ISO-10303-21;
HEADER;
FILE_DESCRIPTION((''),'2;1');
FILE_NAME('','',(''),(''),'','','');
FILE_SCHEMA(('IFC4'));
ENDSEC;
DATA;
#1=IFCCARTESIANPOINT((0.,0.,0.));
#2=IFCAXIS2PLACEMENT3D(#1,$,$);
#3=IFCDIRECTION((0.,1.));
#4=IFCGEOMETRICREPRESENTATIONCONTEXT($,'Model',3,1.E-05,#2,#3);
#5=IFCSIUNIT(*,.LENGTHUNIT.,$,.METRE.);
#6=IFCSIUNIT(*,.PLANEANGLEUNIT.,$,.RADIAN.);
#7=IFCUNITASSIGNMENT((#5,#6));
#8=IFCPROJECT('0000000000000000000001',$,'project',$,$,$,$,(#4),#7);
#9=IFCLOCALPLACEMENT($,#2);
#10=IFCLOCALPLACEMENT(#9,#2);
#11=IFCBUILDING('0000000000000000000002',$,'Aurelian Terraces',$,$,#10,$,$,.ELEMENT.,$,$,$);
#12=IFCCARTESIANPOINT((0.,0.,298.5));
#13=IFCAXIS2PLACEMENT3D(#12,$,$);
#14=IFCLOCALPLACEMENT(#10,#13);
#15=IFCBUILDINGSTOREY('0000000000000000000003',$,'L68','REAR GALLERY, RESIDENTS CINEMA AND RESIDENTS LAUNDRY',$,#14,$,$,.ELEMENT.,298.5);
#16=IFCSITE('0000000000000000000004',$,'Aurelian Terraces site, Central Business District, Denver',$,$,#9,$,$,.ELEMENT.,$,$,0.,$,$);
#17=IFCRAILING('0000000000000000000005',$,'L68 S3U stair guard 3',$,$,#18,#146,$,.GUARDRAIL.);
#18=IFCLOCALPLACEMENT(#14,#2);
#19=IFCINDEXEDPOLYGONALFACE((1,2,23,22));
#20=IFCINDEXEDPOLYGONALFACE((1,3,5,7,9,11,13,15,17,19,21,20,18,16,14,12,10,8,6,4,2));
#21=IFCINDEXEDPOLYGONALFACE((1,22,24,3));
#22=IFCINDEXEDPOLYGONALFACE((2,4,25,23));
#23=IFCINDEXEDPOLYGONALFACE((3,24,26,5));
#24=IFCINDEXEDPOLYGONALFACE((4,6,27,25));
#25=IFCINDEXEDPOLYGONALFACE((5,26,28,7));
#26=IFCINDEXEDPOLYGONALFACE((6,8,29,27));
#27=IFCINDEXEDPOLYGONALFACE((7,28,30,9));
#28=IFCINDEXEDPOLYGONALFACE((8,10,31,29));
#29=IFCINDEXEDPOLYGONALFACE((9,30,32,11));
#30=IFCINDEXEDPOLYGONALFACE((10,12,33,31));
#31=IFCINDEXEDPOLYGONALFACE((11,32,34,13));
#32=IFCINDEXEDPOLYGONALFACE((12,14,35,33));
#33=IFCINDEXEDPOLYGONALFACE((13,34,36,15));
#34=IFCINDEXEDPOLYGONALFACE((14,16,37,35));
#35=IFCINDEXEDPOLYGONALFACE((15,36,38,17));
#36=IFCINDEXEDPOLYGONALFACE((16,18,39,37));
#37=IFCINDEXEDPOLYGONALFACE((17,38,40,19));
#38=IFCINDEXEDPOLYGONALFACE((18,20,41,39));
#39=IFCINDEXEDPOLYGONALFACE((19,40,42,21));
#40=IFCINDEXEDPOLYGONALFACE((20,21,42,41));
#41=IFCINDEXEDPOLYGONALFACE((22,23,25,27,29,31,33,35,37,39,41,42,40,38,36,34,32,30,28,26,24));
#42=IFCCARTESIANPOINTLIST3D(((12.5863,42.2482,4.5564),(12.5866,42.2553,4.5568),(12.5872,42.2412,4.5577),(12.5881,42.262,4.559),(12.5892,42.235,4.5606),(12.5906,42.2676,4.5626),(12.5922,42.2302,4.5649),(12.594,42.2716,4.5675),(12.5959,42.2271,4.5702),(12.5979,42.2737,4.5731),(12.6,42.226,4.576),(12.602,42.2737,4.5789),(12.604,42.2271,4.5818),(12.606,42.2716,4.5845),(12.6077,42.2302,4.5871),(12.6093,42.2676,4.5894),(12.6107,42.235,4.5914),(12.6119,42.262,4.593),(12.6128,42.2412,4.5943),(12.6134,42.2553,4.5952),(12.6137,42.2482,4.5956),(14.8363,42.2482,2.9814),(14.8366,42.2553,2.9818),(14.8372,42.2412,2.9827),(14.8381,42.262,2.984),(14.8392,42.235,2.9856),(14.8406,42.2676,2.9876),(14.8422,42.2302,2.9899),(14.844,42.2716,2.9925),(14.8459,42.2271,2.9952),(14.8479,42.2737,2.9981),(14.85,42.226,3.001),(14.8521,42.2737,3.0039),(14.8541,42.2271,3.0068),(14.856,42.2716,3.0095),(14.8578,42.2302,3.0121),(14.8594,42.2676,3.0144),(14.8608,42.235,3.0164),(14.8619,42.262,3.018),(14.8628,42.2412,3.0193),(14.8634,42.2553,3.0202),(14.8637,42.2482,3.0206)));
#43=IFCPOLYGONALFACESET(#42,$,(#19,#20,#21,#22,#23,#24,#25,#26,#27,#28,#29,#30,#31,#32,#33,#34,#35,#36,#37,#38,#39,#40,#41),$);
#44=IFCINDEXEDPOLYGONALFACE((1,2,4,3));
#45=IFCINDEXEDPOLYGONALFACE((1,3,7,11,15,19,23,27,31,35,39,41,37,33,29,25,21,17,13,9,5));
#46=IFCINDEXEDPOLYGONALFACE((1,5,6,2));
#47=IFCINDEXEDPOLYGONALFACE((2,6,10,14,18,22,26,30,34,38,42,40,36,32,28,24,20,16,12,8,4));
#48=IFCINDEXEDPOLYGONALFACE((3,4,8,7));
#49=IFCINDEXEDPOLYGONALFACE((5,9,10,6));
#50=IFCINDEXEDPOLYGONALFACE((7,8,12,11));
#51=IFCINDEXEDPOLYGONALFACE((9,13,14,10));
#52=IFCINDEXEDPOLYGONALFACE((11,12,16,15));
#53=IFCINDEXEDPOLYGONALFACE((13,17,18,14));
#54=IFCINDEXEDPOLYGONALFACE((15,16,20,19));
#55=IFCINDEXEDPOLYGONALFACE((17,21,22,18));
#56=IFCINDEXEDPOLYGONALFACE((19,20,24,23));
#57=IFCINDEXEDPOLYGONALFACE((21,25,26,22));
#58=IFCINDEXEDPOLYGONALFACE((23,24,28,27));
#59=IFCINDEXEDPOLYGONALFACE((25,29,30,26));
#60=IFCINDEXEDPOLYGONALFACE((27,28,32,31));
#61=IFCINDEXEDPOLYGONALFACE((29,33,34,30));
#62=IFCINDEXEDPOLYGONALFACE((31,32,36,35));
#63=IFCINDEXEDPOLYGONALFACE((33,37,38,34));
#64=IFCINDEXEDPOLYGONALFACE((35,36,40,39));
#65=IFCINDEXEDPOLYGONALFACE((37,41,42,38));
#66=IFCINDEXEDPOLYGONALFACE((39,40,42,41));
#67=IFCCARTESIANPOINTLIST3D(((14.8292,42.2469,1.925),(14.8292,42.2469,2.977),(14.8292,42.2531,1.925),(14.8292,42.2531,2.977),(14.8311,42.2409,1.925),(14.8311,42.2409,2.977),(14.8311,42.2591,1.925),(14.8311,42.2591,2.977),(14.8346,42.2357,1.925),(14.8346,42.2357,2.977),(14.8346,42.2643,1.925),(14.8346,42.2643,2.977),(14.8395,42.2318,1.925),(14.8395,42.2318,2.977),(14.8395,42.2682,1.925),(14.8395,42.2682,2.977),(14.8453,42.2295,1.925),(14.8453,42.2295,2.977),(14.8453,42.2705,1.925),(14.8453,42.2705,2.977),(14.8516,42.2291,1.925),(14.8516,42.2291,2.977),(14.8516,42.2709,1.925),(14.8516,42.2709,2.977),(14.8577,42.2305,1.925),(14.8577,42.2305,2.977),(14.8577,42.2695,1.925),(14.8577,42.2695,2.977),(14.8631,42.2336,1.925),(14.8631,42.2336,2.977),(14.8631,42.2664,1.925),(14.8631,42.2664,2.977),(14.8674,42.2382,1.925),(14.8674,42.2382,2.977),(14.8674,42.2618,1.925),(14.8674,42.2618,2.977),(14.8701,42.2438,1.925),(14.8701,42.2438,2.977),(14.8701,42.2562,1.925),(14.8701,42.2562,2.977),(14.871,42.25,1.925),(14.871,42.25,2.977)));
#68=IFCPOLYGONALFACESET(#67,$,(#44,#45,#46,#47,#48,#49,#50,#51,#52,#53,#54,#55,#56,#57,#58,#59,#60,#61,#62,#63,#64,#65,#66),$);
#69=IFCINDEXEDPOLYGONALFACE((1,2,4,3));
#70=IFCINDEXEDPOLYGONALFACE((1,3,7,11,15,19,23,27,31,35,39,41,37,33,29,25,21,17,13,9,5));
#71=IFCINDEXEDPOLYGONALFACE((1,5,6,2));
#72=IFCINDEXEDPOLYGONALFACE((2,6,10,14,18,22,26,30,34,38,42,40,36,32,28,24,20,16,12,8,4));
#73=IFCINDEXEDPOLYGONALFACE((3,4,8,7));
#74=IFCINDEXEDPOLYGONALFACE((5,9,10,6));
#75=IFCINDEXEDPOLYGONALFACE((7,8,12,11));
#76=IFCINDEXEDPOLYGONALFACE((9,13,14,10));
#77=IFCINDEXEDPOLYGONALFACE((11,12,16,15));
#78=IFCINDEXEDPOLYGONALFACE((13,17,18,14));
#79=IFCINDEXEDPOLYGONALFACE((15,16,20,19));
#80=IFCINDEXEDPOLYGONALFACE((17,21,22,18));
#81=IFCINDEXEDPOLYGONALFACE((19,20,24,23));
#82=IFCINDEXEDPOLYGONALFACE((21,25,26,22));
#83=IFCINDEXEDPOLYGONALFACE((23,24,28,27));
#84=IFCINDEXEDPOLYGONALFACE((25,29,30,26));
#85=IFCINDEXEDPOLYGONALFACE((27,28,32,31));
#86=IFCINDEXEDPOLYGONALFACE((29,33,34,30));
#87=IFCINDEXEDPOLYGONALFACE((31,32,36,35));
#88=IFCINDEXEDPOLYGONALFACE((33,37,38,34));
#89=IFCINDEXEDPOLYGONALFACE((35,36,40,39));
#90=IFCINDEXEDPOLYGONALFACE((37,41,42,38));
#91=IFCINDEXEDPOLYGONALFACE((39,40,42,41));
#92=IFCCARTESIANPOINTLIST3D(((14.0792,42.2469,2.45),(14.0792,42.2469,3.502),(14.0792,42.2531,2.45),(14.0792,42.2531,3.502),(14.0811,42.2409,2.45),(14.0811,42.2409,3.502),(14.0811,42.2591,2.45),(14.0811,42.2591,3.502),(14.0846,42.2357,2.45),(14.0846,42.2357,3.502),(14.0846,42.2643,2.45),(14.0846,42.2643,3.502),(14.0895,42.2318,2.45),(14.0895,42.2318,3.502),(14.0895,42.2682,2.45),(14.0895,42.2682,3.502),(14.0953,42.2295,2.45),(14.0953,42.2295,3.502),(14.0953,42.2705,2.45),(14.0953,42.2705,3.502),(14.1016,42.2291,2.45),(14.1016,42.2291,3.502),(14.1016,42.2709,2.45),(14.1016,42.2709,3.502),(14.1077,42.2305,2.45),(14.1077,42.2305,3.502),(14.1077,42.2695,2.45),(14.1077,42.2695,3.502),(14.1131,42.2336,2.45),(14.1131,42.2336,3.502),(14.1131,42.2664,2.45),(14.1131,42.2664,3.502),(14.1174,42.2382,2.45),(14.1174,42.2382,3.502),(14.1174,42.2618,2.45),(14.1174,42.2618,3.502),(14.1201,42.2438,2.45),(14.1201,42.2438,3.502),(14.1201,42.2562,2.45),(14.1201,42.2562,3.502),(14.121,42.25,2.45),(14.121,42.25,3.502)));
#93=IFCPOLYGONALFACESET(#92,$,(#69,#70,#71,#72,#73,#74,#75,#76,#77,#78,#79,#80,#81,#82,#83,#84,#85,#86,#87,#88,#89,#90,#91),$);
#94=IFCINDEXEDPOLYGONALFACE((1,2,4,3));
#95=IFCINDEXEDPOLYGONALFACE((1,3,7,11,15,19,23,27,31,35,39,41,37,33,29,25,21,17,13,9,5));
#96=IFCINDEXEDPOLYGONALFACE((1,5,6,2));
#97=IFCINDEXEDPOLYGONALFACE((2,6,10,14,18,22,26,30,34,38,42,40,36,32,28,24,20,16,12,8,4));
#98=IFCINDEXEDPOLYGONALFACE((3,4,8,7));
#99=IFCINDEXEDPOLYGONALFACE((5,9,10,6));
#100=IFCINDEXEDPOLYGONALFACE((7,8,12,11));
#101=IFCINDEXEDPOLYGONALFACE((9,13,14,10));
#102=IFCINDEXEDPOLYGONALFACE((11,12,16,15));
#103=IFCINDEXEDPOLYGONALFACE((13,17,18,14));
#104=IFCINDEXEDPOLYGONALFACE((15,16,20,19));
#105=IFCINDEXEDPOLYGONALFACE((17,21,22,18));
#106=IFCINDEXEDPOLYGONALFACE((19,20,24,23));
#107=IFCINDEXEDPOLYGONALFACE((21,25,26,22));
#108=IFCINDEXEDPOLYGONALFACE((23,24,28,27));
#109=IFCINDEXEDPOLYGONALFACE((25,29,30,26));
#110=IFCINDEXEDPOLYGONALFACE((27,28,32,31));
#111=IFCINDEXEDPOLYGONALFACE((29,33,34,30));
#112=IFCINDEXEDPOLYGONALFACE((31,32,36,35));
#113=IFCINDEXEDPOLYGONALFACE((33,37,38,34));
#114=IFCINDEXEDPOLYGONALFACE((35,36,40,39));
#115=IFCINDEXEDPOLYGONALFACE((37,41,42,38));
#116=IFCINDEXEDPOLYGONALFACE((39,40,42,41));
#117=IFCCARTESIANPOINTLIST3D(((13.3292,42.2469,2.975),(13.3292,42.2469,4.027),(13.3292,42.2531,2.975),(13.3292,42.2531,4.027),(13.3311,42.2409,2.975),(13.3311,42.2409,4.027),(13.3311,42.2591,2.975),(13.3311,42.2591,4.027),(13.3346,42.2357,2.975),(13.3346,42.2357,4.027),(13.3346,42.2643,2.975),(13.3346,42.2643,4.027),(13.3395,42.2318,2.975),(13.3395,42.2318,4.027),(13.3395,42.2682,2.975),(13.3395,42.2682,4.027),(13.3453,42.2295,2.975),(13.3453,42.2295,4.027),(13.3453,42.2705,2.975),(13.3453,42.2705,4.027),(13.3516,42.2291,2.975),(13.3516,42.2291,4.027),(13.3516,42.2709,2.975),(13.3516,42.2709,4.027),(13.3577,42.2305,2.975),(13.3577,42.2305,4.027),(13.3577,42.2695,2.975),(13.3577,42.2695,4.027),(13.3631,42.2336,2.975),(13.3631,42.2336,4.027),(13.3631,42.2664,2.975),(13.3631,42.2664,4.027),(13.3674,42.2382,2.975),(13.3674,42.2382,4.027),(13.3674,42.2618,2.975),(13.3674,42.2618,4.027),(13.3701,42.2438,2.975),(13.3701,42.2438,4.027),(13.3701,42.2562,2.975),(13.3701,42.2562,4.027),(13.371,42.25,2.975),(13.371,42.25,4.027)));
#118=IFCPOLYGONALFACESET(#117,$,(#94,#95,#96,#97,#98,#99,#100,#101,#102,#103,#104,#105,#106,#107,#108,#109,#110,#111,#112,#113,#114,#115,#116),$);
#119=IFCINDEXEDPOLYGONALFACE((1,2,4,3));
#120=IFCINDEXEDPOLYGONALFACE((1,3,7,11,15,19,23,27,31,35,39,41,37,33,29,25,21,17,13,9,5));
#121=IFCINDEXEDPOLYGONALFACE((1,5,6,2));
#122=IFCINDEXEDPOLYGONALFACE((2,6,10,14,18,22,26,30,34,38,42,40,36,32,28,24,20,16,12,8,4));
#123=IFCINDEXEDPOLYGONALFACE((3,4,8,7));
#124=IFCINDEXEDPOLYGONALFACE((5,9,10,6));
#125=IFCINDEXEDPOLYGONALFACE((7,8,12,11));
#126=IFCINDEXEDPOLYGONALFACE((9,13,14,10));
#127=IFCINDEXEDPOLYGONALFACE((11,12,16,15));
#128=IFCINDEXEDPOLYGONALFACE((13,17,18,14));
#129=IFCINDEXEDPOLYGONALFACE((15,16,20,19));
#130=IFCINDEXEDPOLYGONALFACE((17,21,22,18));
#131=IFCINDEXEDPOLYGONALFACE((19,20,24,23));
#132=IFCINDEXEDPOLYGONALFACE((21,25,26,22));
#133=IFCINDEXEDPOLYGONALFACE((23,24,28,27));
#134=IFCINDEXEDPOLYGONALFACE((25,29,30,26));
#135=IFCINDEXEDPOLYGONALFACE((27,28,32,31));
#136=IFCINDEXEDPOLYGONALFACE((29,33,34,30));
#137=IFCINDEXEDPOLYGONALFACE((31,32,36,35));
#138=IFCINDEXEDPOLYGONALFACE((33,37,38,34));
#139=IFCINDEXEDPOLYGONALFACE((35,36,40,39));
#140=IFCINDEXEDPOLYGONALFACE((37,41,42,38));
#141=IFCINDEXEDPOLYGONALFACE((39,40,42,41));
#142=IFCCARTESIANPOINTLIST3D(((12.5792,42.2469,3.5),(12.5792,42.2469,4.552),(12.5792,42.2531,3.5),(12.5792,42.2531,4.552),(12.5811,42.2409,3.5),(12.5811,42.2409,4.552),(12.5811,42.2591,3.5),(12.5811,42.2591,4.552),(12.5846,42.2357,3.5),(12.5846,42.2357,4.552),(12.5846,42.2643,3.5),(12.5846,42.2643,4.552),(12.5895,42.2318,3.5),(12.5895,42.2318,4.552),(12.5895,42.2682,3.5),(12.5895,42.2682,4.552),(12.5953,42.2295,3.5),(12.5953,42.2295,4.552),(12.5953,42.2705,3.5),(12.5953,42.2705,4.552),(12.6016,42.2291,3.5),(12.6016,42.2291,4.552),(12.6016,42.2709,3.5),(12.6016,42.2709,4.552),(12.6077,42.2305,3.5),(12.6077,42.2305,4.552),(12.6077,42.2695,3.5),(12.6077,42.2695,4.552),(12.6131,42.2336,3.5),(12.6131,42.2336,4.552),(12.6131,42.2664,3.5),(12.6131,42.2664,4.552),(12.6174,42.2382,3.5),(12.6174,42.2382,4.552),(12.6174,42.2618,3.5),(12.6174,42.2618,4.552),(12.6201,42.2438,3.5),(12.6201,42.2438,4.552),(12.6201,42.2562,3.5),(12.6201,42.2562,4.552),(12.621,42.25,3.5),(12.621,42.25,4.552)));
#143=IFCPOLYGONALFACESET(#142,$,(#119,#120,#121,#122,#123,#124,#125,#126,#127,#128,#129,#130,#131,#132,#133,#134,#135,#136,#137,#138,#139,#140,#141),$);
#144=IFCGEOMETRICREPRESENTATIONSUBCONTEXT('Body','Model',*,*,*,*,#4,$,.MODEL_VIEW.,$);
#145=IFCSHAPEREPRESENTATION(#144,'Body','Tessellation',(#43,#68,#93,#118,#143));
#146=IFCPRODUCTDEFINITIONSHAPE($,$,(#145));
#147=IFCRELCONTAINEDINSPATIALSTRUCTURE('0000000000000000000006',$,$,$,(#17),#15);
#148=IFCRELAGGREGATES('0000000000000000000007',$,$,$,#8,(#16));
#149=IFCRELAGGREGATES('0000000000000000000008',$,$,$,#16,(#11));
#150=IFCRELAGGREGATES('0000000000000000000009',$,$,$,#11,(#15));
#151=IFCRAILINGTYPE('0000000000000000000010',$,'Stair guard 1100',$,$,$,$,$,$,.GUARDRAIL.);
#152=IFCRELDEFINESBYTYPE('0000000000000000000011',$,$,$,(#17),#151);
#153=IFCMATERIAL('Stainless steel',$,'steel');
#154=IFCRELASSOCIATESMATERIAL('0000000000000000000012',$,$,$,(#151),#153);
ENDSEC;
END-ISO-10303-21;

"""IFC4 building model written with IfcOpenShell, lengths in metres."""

from ifc_helpers import new_model, si_unit, direction, frame, origin, origin_2d, place, context, subcontext, project, spatial, circle, extrude, source, transform, mapped, material, type_object, element, save


model = new_model("IFC4")

# Units and contexts
model_context = context("Model", 3, precision=1e-05, world=origin(), true_north=direction((0.0, 1.0)))
body_context = subcontext(model_context, "Body", "Model", "MODEL_VIEW")
ifc_project = project(units=[si_unit("LENGTHUNIT", "METRE"), si_unit("PLANEANGLEUNIT", "RADIAN")], contexts=[model_context])

# Site, building, storey
site_placement = place(None, origin())
site = spatial("IfcSite", under=ifc_project, at=site_placement, Name="Aurelian Terraces site, Central Business District, Denver", CompositionType="ELEMENT", RefElevation=0.0)
building_placement = place(site_placement, origin())
building = spatial("IfcBuilding", under=site, at=building_placement, Name="Aurelian Terraces", CompositionType="ELEMENT")
storey_placement = place(building_placement, frame((0.0, 0.0, 298.5)))
storey = spatial("IfcBuildingStorey", under=building, at=storey_placement, Name="L68", Description="REAR GALLERY, RESIDENTS CINEMA AND RESIDENTS LAUNDRY", CompositionType="ELEMENT", Elevation=298.5)

# Railing
ifc_material_1 = material(Name="Stainless steel", Category="steel")
railing_type_1 = type_object("IfcRailingType", Name="Stair guard 1100", PredefinedType="GUARDRAIL", material=ifc_material_1)
shared_shape_1 = source(origin(), body_context, "Body", "SweptSolid", [
    extrude(circle(Radius=0.024, at=origin_2d()), frame((0.0, 0.0, 1.076), z_axis=(-0.819232, 0.0, 0.573462), x_axis=(0.0, -1.0, 0.0)), (0.0, 0.0, 1.0), 2.7465),
    extrude(circle(Radius=0.021, at=origin_2d()), origin(), (0.0, 0.0, 1.0), 1.052),
    extrude(circle(Radius=0.021, at=origin_2d()), frame((-0.75, 0.0, 0.525)), (0.0, 0.0, 1.0), 1.052),
    extrude(circle(Radius=0.021, at=origin_2d()), frame((-1.5, 0.0, 1.05)), (0.0, 0.0, 1.0), 1.052),
    extrude(circle(Radius=0.021, at=origin_2d()), frame((-2.25, 0.0, 1.575)), (0.0, 0.0, 1.0), 1.052),
])
railing_1_placement = place(storey_placement, frame((14.85, 42.25, 1.925)))
element("IfcRailing", 1, at=railing_1_placement, inside=storey, type_object=railing_type_1, Name="L68 S3U stair guard 3", PredefinedType="GUARDRAIL", context=body_context, shape_type="MappedRepresentation", body=[
    mapped(shared_shape_1, transform((0.0, 0.0, 0.0), scale=1.0)),
])

save(model, "model.ifc")
